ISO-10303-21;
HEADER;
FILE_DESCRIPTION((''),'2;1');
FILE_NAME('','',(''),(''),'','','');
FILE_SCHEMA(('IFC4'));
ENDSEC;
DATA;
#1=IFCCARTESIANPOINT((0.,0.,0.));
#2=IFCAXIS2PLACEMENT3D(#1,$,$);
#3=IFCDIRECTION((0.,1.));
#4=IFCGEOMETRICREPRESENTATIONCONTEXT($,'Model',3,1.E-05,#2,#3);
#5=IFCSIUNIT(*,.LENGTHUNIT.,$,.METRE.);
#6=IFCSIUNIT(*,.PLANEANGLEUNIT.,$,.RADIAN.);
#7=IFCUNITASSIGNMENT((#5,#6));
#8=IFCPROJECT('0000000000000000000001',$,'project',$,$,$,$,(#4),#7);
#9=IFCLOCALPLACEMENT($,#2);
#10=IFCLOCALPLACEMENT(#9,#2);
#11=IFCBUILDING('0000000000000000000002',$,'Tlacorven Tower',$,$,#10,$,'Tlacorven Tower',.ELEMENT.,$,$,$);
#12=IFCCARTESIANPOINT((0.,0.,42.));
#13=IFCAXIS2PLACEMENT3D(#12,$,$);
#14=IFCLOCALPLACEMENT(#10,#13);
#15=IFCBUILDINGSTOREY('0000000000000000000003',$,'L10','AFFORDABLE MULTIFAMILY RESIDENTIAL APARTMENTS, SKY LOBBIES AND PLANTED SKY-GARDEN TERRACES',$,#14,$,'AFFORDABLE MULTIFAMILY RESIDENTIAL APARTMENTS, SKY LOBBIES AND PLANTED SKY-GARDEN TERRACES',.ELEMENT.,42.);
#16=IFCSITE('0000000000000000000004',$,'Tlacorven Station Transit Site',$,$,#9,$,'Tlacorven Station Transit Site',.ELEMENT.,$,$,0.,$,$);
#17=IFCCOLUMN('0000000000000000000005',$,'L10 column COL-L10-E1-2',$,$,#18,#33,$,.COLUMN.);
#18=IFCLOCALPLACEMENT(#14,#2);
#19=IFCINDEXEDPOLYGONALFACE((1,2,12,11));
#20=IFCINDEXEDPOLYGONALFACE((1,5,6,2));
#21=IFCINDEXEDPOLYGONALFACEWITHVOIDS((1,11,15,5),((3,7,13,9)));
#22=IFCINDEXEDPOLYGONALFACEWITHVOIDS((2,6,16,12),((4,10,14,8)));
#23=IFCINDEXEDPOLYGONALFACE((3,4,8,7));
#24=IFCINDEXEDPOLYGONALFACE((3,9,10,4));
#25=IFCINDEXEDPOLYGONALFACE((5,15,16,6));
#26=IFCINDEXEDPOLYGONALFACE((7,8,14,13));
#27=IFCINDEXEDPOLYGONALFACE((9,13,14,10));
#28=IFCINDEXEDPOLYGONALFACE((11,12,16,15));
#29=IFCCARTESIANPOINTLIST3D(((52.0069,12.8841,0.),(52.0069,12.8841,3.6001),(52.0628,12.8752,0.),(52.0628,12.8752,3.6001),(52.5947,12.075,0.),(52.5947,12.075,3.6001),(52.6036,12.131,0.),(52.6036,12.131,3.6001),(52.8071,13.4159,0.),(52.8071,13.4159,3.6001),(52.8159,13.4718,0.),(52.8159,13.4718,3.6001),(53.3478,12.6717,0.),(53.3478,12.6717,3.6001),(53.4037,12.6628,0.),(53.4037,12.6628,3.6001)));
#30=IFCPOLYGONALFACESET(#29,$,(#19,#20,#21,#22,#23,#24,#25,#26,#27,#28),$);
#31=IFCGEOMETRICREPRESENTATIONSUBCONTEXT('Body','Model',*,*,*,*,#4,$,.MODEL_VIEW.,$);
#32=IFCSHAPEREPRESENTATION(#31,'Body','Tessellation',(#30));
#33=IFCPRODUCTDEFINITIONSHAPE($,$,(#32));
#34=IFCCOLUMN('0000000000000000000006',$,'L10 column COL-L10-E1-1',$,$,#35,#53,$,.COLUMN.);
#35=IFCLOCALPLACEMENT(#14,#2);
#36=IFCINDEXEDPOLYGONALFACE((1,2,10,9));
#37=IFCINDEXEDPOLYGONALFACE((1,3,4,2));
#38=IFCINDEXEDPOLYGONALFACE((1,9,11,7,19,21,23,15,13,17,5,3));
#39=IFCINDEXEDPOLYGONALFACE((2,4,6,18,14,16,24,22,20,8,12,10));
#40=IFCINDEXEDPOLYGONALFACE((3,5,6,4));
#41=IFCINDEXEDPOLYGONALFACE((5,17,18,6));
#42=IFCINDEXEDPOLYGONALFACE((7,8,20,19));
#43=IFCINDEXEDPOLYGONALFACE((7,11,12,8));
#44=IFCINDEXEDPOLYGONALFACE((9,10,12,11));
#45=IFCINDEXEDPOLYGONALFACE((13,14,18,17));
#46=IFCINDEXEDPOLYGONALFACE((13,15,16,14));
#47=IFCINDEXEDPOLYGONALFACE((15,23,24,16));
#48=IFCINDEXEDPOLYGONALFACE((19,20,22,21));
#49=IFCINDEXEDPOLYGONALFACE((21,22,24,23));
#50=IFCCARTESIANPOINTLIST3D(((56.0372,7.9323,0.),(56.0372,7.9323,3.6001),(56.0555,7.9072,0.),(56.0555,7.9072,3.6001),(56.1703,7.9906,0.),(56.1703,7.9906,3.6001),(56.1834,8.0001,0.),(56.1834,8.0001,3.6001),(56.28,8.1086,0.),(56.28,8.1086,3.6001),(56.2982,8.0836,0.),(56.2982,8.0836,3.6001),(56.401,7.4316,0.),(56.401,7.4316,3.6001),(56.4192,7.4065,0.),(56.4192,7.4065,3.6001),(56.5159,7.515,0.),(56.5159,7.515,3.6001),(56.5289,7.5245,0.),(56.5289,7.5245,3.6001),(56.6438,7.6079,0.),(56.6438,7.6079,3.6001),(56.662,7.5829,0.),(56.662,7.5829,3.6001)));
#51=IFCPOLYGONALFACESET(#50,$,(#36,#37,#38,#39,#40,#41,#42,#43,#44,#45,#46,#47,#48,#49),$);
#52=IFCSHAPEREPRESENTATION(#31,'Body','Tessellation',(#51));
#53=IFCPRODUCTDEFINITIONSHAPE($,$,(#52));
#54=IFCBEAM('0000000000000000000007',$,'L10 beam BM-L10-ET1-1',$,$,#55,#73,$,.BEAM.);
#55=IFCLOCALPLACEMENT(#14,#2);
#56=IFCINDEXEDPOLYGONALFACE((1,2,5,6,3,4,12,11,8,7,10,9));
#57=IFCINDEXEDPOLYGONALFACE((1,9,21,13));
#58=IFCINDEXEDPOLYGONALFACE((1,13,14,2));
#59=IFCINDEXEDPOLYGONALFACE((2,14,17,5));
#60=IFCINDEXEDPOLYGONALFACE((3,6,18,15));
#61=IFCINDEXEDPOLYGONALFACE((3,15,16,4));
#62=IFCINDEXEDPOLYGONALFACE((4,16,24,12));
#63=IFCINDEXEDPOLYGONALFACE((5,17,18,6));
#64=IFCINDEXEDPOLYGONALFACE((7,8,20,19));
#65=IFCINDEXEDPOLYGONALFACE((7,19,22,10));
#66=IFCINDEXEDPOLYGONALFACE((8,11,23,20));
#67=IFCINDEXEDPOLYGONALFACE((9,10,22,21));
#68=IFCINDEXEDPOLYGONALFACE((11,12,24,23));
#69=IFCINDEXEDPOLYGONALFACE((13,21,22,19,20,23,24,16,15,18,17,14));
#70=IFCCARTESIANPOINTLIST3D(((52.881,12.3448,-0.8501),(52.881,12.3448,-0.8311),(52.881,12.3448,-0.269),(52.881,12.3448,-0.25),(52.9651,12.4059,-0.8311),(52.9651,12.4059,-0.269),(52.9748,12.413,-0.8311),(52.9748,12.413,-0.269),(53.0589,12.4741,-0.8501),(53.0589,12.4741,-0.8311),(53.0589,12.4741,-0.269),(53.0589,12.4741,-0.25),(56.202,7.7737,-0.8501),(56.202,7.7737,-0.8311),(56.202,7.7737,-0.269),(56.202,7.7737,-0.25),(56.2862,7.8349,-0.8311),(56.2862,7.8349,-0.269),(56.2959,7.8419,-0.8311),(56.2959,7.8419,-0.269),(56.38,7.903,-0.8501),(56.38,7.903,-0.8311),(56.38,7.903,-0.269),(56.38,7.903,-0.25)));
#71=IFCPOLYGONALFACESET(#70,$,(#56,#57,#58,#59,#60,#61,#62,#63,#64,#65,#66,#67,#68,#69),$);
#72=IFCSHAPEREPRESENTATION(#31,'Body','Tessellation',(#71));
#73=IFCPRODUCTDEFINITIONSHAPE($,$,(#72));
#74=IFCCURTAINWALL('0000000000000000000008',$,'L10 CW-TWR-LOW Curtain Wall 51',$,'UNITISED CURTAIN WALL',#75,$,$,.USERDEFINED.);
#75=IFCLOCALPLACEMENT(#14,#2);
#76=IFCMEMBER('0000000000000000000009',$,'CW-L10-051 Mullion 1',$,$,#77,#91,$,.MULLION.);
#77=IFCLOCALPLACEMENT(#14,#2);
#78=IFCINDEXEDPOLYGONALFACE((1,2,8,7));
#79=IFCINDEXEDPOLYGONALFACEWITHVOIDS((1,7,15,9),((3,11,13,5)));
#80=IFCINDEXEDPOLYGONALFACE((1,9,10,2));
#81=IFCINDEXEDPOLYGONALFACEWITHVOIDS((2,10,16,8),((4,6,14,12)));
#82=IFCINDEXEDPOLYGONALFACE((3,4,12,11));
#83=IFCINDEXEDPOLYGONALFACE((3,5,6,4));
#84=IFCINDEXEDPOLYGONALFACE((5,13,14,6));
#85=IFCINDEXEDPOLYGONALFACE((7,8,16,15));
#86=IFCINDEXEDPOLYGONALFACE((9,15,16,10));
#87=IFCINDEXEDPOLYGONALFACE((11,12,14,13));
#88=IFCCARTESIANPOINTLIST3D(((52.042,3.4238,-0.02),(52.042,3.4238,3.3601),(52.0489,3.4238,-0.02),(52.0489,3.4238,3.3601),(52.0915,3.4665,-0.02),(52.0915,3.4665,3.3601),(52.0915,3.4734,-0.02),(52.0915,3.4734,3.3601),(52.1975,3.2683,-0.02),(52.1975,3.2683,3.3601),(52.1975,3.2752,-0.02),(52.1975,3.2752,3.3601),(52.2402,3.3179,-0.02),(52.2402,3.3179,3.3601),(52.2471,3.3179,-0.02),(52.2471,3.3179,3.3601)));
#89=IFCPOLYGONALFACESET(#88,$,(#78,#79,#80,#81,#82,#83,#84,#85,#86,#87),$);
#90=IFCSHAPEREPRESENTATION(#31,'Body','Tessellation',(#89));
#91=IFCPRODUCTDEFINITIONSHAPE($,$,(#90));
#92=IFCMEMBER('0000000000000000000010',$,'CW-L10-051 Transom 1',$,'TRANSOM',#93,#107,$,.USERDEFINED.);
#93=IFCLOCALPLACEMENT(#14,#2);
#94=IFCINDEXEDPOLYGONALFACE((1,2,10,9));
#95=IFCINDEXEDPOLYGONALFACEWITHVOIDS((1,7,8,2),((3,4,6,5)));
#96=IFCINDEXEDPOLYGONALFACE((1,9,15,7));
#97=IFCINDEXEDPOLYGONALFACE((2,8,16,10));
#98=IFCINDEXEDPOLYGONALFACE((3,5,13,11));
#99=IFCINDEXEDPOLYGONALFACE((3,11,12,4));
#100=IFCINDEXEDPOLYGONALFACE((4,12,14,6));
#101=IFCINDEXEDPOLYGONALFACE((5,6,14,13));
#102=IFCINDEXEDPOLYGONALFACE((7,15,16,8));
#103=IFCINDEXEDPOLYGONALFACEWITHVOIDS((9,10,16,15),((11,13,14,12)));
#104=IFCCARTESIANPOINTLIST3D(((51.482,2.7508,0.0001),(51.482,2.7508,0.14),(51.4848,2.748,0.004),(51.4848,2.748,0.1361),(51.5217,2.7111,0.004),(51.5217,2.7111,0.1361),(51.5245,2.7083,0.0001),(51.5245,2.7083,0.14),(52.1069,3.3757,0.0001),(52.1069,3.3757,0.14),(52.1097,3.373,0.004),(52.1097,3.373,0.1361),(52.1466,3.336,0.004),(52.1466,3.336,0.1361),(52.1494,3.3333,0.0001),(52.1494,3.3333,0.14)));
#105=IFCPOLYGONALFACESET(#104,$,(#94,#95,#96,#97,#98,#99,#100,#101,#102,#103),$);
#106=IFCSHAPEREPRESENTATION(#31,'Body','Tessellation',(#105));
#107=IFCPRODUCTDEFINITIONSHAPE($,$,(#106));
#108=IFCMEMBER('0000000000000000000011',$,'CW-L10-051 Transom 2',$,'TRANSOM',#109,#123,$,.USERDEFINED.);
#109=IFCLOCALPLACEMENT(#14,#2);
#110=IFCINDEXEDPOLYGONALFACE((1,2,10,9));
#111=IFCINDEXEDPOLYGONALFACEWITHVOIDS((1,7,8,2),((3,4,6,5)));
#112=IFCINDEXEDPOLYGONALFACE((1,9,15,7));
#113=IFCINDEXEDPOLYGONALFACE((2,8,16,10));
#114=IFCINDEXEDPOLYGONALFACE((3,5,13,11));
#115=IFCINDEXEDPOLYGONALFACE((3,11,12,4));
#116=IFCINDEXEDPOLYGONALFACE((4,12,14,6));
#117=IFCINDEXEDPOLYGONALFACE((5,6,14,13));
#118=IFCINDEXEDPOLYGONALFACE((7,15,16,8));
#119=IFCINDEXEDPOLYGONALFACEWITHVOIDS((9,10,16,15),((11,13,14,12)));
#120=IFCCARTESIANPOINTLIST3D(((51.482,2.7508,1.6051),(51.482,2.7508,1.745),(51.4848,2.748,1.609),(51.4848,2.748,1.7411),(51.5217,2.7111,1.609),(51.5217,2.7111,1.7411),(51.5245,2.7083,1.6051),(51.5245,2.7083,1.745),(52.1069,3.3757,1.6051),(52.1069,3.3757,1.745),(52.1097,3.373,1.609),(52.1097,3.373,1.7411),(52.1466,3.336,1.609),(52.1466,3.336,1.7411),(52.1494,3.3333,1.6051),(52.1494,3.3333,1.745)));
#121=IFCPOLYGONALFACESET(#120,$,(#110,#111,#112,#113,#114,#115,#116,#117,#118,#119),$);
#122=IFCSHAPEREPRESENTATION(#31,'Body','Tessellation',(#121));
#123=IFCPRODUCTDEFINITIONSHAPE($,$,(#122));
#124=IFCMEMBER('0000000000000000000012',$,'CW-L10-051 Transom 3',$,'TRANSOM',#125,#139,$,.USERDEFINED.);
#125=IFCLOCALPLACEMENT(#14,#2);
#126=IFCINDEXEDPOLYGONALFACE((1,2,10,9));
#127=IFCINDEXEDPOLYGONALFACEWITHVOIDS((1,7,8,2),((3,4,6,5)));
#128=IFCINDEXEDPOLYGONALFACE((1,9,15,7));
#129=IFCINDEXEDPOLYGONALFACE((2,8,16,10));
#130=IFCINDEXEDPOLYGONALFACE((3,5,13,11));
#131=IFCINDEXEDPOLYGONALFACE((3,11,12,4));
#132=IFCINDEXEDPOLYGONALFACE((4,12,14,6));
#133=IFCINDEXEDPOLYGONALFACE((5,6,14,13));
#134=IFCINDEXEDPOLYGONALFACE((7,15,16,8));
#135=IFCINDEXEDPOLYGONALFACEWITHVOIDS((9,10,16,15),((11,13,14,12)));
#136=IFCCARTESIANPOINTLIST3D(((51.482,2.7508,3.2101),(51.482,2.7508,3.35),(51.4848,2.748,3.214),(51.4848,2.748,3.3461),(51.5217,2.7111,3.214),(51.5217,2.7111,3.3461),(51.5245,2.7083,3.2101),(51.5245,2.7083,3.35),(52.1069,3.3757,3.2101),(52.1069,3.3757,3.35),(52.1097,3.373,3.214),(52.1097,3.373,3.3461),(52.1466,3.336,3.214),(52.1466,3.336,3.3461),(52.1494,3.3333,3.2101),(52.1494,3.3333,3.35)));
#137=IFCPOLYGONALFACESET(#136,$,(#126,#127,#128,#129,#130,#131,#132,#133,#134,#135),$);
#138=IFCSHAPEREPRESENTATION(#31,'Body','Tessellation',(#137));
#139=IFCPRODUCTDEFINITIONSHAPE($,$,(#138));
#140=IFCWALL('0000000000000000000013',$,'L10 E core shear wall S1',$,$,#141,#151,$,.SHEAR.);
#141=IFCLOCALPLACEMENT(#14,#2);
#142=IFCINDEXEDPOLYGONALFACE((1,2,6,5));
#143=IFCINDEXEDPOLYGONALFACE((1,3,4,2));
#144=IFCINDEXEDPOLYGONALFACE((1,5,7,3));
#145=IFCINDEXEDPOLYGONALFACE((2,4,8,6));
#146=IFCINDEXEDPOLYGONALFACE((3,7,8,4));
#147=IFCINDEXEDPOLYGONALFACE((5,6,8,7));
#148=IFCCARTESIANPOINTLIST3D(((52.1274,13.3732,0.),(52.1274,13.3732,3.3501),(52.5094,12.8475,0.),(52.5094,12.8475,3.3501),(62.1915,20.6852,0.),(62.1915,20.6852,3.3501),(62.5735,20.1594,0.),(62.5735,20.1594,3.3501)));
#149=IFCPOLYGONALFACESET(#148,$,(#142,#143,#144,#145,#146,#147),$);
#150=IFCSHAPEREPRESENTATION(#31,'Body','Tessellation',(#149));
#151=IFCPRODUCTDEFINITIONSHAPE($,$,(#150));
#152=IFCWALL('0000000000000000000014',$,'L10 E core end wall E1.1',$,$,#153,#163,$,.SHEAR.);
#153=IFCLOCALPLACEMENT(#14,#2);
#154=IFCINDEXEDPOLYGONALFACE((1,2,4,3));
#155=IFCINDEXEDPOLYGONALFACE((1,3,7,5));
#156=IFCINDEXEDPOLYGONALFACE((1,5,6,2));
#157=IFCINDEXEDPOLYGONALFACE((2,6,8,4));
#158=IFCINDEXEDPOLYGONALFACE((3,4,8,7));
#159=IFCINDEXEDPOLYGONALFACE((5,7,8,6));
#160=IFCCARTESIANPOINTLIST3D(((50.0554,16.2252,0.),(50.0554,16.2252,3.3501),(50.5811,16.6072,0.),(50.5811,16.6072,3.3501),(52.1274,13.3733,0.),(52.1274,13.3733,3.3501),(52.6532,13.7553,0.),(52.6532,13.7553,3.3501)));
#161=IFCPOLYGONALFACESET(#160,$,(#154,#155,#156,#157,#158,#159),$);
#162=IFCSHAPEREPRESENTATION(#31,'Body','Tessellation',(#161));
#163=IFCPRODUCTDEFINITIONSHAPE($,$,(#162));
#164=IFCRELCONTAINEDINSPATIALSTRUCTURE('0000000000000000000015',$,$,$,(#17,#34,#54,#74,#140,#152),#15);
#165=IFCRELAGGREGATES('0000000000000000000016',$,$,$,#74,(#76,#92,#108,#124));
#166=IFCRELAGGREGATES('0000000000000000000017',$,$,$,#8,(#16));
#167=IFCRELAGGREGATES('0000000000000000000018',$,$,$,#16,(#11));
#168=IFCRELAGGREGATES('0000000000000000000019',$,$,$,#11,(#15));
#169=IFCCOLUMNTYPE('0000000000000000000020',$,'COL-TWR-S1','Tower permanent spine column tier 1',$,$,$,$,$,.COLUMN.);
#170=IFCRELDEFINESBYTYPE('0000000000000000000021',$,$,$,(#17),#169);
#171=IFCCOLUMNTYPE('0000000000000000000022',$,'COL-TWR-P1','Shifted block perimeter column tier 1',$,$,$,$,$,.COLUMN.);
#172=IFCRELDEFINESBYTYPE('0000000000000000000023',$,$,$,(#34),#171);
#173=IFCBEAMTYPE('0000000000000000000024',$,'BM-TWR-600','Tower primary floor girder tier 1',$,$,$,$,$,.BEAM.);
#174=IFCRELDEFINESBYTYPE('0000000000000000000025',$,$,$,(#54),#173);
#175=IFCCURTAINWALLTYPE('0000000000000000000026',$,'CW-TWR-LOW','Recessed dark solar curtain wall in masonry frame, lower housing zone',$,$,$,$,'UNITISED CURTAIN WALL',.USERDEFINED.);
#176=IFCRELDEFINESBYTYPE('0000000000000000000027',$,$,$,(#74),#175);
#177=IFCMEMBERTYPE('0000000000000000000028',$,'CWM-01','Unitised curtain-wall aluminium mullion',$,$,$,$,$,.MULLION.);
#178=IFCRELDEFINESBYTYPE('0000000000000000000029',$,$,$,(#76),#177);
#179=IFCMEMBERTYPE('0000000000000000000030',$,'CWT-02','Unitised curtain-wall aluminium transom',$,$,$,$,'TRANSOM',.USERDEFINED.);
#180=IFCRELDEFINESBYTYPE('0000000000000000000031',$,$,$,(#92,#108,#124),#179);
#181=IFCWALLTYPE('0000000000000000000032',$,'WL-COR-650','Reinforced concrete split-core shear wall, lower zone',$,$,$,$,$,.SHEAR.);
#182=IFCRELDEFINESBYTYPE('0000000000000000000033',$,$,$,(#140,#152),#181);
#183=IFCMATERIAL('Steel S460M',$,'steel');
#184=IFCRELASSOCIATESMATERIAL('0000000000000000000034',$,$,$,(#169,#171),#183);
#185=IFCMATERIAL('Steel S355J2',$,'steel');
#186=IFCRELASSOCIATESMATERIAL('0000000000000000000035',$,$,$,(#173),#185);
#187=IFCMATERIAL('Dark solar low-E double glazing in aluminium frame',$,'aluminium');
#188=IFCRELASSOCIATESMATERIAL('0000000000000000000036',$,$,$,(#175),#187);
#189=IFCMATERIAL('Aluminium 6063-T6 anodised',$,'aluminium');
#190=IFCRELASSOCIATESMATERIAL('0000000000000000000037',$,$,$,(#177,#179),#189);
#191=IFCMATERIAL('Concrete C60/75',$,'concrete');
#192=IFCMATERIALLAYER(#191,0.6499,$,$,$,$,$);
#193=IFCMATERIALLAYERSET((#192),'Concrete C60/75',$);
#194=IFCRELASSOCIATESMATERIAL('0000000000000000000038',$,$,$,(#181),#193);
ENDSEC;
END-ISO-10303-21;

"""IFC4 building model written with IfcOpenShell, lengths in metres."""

from ifc_helpers import new_model, si_unit, direction, frame, frame_2d, origin, origin_2d, place, context, subcontext, project, spatial, rectangle, hollow_rectangle, i_section, extrude, source, transform, mapped, material, layer, layer_set, material_profile, profile_set, type_object, element, aggregate, save


model = new_model("IFC4")

# Units and contexts
model_context = context("Model", 3, precision=1e-05, world=origin(), true_north=direction((0.0, 1.0)))
body_context = subcontext(model_context, "Body", "Model", "MODEL_VIEW")
ifc_project = project(units=[si_unit("LENGTHUNIT", "METRE"), si_unit("PLANEANGLEUNIT", "RADIAN")], contexts=[model_context])

# Site, building, storey
site_placement = place(None, origin())
site = spatial("IfcSite", under=ifc_project, at=site_placement, Name="Tlacorven Station Transit Site", LongName="Tlacorven Station Transit Site", CompositionType="ELEMENT", RefElevation=0.0)
building_placement = place(site_placement, origin())
building = spatial("IfcBuilding", under=site, at=building_placement, Name="Tlacorven Tower", LongName="Tlacorven Tower", CompositionType="ELEMENT")
storey_placement = place(building_placement, frame((0.0, 0.0, 42.0)))
storey = spatial("IfcBuildingStorey", under=building, at=storey_placement, Name="L10", Description="AFFORDABLE MULTIFAMILY RESIDENTIAL APARTMENTS, SKY LOBBIES AND PLANTED SKY-GARDEN TERRACES", LongName="AFFORDABLE MULTIFAMILY RESIDENTIAL APARTMENTS, SKY LOBBIES AND PLANTED SKY-GARDEN TERRACES", CompositionType="ELEMENT", Elevation=42.0)

# Columns
ifc_material_1 = material(Name="Steel S460M", Category="steel")
ifc_material_profile_1 = material_profile(ifc_material_1, hollow_rectangle(XDim=1.0, YDim=1.0, WallThickness=0.04, at=origin_2d()), Name="BOX 1000X1000X40")
ifc_profile_set_1 = profile_set([ifc_material_profile_1], Name="Steel S460M")
column_type_1 = type_object("IfcColumnType", Name="COL-TWR-S1", Description="Tower permanent spine column tier 1", PredefinedType="COLUMN", material=ifc_profile_set_1)
shared_shape_1 = source(origin(), body_context, "Body", "SweptSolid", [
    extrude(hollow_rectangle(XDim=1.0, YDim=1.0, WallThickness=0.04, at=origin_2d()), origin(), (0.0, 0.0, 1.0), 3.6001),
])
column_1_placement = place(storey_placement, frame((52.7053, 12.7734, 0.0), z_axis=(0.0, 0.0, 1.0), x_axis=(0.809017, 0.587785, 0.0)))
element("IfcColumn", 1, at=column_1_placement, inside=storey, type_object=column_type_1, Name="L10 column COL-L10-E1-2", PredefinedType="COLUMN", context=body_context, shape_type="MappedRepresentation", body=[
    mapped(shared_shape_1, transform((0.0, 0.0, 0.0), scale=1.0)),
])
ifc_material_profile_2 = material_profile(ifc_material_1, i_section(OverallWidth=0.3, OverallDepth=0.6499, WebThickness=0.0161, FlangeThickness=0.031, at=origin_2d()), Name="HEB 650")
ifc_profile_set_2 = profile_set([ifc_material_profile_2], Name="Steel S460M")
column_type_2 = type_object("IfcColumnType", Name="COL-TWR-P1", Description="Shifted block perimeter column tier 1", PredefinedType="COLUMN", material=ifc_profile_set_2)
shared_shape_2 = source(origin(), body_context, "Body", "SweptSolid", [
    extrude(i_section(OverallWidth=0.3, OverallDepth=0.6499, WebThickness=0.0161, FlangeThickness=0.031, at=origin_2d()), origin(), (0.0, 0.0, 1.0), 3.6001),
])
column_2_placement = place(storey_placement, frame((56.3496, 7.7576, 0.0), z_axis=(0.0, 0.0, 1.0), x_axis=(0.809017, 0.587785, 0.0)))
element("IfcColumn", 2, at=column_2_placement, inside=storey, type_object=column_type_2, Name="L10 column COL-L10-E1-1", PredefinedType="COLUMN", context=body_context, shape_type="MappedRepresentation", body=[
    mapped(shared_shape_2, transform((0.0, 0.0, 0.0), scale=1.0)),
])

# Beam
ifc_material_2 = material(Name="Steel S355J2", Category="steel")
ifc_material_profile_3 = material_profile(ifc_material_2, i_section(OverallWidth=0.22, OverallDepth=0.6001, WebThickness=0.012, FlangeThickness=0.019, at=origin_2d()), Name="IPE 600")
ifc_profile_set_3 = profile_set([ifc_material_profile_3], Name="Steel S355J2")
beam_type = type_object("IfcBeamType", Name="BM-TWR-600", Description="Tower primary floor girder tier 1", PredefinedType="BEAM", material=ifc_profile_set_3)
shared_shape_3 = source(origin(), body_context, "Body", "SweptSolid", [
    extrude(i_section(OverallWidth=0.22, OverallDepth=0.6001, WebThickness=0.012, FlangeThickness=0.019, at=origin_2d()), origin(), (0.0, 0.0, 1.0), 5.6501),
])
beam_placement = place(storey_placement, frame((56.291, 7.8384, -0.55), z_axis=(-0.587784, 0.809018, 0.0), x_axis=(-0.809018, -0.587784, 0.0)))
element("IfcBeam", 3, at=beam_placement, inside=storey, type_object=beam_type, Name="L10 beam BM-L10-ET1-1", PredefinedType="BEAM", context=body_context, shape_type="MappedRepresentation", body=[
    mapped(shared_shape_3, transform((0.0, 0.0, 0.0), scale=1.0)),
])

# Curtain wall, members
ifc_material_3 = material(Name="Dark solar low-E double glazing in aluminium frame", Category="aluminium")
curtain_wall_type = type_object("IfcCurtainWallType", Name="CW-TWR-LOW", Description="Recessed dark solar curtain wall in masonry frame, lower housing zone", ElementType="UNITISED CURTAIN WALL", PredefinedType="USERDEFINED", material=ifc_material_3)
curtain_wall_placement = place(storey_placement, origin())
curtain_wall = element("IfcCurtainWall", 4, at=curtain_wall_placement, inside=storey, type_object=curtain_wall_type, Name="L10 CW-TWR-LOW Curtain Wall 51", ObjectType="UNITISED CURTAIN WALL", PredefinedType="USERDEFINED")
ifc_material_4 = material(Name="Aluminium 6063-T6 anodised", Category="aluminium")
ifc_material_profile_4 = material_profile(ifc_material_4, hollow_rectangle(XDim=0.0701, YDim=0.22, WallThickness=0.0049, at=origin_2d()), Name="ALU MULLION 70X220")
ifc_profile_set_4 = profile_set([ifc_material_profile_4], Name="Aluminium 6063-T6 anodised")
member_type_1 = type_object("IfcMemberType", Name="CWM-01", Description="Unitised curtain-wall aluminium mullion", PredefinedType="MULLION", material=ifc_profile_set_4)
shared_shape_4 = source(origin(), body_context, "Body", "SweptSolid", [
    extrude(hollow_rectangle(XDim=0.0701, YDim=0.22, WallThickness=0.0049, at=origin_2d()), origin(), (0.0, 0.0, 1.0), 3.3801),
])
member_1_placement = place(storey_placement, frame((52.1445, 3.3708, -0.02), z_axis=(0.0, 0.0, 1.0), x_axis=(-0.707107, -0.707107, 0.0)))
member_1 = element("IfcMember", 5, at=member_1_placement, type_object=member_type_1, Name="CW-L10-051 Mullion 1", PredefinedType="MULLION", context=body_context, shape_type="MappedRepresentation", body=[
    mapped(shared_shape_4, transform((0.0, 0.0, 0.0), scale=1.0)),
])
ifc_material_profile_5 = material_profile(ifc_material_4, hollow_rectangle(XDim=0.0601, YDim=0.1399, WallThickness=0.0039, at=origin_2d()), Name="ALU TRANSOM 60X140")
ifc_profile_set_5 = profile_set([ifc_material_profile_5], Name="Aluminium 6063-T6 anodised")
member_type_2 = type_object("IfcMemberType", Name="CWT-02", Description="Unitised curtain-wall aluminium transom", ElementType="TRANSOM", PredefinedType="USERDEFINED", material=ifc_profile_set_5)
shared_shape_5 = source(origin(), body_context, "Body", "SweptSolid", [
    extrude(hollow_rectangle(XDim=0.0601, YDim=0.1399, WallThickness=0.0039, at=origin_2d()), origin(), (0.0, 0.0, 1.0), 0.8838),
])
member_2_placement = place(storey_placement, frame((52.1282, 3.3545, 0.0701), z_axis=(-0.707107, -0.707107, 0.0), x_axis=(0.707107, -0.707107, 0.0)))
member_2 = element("IfcMember", 6, at=member_2_placement, type_object=member_type_2, Name="CW-L10-051 Transom 1", ObjectType="TRANSOM", PredefinedType="USERDEFINED", context=body_context, shape_type="MappedRepresentation", body=[
    mapped(shared_shape_5, transform((0.0, 0.0, 0.0), scale=1.0)),
])
member_3_placement = place(storey_placement, frame((52.1282, 3.3545, 1.675), z_axis=(-0.707107, -0.707107, 0.0), x_axis=(0.707107, -0.707107, 0.0)))
member_3 = element("IfcMember", 7, at=member_3_placement, type_object=member_type_2, Name="CW-L10-051 Transom 2", ObjectType="TRANSOM", PredefinedType="USERDEFINED", context=body_context, shape_type="MappedRepresentation", body=[
    mapped(shared_shape_5, transform((0.0, 0.0, 0.0), scale=1.0)),
])
member_4_placement = place(storey_placement, frame((52.1282, 3.3545, 3.28), z_axis=(-0.707107, -0.707107, 0.0), x_axis=(0.707107, -0.707107, 0.0)))
member_4 = element("IfcMember", 8, at=member_4_placement, type_object=member_type_2, Name="CW-L10-051 Transom 3", ObjectType="TRANSOM", PredefinedType="USERDEFINED", context=body_context, shape_type="MappedRepresentation", body=[
    mapped(shared_shape_5, transform((0.0, 0.0, 0.0), scale=1.0)),
])
aggregate(curtain_wall, [member_1, member_2, member_3, member_4])

# Walls
ifc_material_5 = material(Name="Concrete C60/75", Category="concrete")
ifc_layer_1 = layer(ifc_material_5, 0.6499)
ifc_layer_set_1 = layer_set([ifc_layer_1], Name="Concrete C60/75")
wall_type_1 = type_object("IfcWallType", Name="WL-COR-650", Description="Reinforced concrete split-core shear wall, lower zone", PredefinedType="SHEAR", material=ifc_layer_set_1)
wall_1_placement = place(storey_placement, frame((52.3184, 13.1104, 0.0), z_axis=(0.0, 0.0, 1.0), x_axis=(0.809019, 0.587782, 0.0)))
element("IfcWall", 9, at=wall_1_placement, inside=storey, type_object=wall_type_1, Name="L10 E core shear wall S1", PredefinedType="SHEAR", context=body_context, shape_type="SweptSolid", body=[
    extrude(rectangle(XDim=12.4399, YDim=0.6499, at=frame_2d((6.22, 0.0))), origin(), (0.0, 0.0, 1.0), 3.3501),
])
wall_2_placement = place(storey_placement, frame((52.3904, 13.5642, 0.0), z_axis=(0.0, 0.0, 1.0), x_axis=(-0.587797, 0.809009, 0.0)))
element("IfcWall", 10, at=wall_2_placement, inside=storey, type_object=wall_type_1, Name="L10 E core end wall E1.1", PredefinedType="SHEAR", context=body_context, shape_type="SweptSolid", body=[
    extrude(rectangle(XDim=3.5251, YDim=0.6499, at=frame_2d((1.7627, 0.0))), origin(), (0.0, 0.0, 1.0), 3.3501),
])

save(model, "model.ifc")
